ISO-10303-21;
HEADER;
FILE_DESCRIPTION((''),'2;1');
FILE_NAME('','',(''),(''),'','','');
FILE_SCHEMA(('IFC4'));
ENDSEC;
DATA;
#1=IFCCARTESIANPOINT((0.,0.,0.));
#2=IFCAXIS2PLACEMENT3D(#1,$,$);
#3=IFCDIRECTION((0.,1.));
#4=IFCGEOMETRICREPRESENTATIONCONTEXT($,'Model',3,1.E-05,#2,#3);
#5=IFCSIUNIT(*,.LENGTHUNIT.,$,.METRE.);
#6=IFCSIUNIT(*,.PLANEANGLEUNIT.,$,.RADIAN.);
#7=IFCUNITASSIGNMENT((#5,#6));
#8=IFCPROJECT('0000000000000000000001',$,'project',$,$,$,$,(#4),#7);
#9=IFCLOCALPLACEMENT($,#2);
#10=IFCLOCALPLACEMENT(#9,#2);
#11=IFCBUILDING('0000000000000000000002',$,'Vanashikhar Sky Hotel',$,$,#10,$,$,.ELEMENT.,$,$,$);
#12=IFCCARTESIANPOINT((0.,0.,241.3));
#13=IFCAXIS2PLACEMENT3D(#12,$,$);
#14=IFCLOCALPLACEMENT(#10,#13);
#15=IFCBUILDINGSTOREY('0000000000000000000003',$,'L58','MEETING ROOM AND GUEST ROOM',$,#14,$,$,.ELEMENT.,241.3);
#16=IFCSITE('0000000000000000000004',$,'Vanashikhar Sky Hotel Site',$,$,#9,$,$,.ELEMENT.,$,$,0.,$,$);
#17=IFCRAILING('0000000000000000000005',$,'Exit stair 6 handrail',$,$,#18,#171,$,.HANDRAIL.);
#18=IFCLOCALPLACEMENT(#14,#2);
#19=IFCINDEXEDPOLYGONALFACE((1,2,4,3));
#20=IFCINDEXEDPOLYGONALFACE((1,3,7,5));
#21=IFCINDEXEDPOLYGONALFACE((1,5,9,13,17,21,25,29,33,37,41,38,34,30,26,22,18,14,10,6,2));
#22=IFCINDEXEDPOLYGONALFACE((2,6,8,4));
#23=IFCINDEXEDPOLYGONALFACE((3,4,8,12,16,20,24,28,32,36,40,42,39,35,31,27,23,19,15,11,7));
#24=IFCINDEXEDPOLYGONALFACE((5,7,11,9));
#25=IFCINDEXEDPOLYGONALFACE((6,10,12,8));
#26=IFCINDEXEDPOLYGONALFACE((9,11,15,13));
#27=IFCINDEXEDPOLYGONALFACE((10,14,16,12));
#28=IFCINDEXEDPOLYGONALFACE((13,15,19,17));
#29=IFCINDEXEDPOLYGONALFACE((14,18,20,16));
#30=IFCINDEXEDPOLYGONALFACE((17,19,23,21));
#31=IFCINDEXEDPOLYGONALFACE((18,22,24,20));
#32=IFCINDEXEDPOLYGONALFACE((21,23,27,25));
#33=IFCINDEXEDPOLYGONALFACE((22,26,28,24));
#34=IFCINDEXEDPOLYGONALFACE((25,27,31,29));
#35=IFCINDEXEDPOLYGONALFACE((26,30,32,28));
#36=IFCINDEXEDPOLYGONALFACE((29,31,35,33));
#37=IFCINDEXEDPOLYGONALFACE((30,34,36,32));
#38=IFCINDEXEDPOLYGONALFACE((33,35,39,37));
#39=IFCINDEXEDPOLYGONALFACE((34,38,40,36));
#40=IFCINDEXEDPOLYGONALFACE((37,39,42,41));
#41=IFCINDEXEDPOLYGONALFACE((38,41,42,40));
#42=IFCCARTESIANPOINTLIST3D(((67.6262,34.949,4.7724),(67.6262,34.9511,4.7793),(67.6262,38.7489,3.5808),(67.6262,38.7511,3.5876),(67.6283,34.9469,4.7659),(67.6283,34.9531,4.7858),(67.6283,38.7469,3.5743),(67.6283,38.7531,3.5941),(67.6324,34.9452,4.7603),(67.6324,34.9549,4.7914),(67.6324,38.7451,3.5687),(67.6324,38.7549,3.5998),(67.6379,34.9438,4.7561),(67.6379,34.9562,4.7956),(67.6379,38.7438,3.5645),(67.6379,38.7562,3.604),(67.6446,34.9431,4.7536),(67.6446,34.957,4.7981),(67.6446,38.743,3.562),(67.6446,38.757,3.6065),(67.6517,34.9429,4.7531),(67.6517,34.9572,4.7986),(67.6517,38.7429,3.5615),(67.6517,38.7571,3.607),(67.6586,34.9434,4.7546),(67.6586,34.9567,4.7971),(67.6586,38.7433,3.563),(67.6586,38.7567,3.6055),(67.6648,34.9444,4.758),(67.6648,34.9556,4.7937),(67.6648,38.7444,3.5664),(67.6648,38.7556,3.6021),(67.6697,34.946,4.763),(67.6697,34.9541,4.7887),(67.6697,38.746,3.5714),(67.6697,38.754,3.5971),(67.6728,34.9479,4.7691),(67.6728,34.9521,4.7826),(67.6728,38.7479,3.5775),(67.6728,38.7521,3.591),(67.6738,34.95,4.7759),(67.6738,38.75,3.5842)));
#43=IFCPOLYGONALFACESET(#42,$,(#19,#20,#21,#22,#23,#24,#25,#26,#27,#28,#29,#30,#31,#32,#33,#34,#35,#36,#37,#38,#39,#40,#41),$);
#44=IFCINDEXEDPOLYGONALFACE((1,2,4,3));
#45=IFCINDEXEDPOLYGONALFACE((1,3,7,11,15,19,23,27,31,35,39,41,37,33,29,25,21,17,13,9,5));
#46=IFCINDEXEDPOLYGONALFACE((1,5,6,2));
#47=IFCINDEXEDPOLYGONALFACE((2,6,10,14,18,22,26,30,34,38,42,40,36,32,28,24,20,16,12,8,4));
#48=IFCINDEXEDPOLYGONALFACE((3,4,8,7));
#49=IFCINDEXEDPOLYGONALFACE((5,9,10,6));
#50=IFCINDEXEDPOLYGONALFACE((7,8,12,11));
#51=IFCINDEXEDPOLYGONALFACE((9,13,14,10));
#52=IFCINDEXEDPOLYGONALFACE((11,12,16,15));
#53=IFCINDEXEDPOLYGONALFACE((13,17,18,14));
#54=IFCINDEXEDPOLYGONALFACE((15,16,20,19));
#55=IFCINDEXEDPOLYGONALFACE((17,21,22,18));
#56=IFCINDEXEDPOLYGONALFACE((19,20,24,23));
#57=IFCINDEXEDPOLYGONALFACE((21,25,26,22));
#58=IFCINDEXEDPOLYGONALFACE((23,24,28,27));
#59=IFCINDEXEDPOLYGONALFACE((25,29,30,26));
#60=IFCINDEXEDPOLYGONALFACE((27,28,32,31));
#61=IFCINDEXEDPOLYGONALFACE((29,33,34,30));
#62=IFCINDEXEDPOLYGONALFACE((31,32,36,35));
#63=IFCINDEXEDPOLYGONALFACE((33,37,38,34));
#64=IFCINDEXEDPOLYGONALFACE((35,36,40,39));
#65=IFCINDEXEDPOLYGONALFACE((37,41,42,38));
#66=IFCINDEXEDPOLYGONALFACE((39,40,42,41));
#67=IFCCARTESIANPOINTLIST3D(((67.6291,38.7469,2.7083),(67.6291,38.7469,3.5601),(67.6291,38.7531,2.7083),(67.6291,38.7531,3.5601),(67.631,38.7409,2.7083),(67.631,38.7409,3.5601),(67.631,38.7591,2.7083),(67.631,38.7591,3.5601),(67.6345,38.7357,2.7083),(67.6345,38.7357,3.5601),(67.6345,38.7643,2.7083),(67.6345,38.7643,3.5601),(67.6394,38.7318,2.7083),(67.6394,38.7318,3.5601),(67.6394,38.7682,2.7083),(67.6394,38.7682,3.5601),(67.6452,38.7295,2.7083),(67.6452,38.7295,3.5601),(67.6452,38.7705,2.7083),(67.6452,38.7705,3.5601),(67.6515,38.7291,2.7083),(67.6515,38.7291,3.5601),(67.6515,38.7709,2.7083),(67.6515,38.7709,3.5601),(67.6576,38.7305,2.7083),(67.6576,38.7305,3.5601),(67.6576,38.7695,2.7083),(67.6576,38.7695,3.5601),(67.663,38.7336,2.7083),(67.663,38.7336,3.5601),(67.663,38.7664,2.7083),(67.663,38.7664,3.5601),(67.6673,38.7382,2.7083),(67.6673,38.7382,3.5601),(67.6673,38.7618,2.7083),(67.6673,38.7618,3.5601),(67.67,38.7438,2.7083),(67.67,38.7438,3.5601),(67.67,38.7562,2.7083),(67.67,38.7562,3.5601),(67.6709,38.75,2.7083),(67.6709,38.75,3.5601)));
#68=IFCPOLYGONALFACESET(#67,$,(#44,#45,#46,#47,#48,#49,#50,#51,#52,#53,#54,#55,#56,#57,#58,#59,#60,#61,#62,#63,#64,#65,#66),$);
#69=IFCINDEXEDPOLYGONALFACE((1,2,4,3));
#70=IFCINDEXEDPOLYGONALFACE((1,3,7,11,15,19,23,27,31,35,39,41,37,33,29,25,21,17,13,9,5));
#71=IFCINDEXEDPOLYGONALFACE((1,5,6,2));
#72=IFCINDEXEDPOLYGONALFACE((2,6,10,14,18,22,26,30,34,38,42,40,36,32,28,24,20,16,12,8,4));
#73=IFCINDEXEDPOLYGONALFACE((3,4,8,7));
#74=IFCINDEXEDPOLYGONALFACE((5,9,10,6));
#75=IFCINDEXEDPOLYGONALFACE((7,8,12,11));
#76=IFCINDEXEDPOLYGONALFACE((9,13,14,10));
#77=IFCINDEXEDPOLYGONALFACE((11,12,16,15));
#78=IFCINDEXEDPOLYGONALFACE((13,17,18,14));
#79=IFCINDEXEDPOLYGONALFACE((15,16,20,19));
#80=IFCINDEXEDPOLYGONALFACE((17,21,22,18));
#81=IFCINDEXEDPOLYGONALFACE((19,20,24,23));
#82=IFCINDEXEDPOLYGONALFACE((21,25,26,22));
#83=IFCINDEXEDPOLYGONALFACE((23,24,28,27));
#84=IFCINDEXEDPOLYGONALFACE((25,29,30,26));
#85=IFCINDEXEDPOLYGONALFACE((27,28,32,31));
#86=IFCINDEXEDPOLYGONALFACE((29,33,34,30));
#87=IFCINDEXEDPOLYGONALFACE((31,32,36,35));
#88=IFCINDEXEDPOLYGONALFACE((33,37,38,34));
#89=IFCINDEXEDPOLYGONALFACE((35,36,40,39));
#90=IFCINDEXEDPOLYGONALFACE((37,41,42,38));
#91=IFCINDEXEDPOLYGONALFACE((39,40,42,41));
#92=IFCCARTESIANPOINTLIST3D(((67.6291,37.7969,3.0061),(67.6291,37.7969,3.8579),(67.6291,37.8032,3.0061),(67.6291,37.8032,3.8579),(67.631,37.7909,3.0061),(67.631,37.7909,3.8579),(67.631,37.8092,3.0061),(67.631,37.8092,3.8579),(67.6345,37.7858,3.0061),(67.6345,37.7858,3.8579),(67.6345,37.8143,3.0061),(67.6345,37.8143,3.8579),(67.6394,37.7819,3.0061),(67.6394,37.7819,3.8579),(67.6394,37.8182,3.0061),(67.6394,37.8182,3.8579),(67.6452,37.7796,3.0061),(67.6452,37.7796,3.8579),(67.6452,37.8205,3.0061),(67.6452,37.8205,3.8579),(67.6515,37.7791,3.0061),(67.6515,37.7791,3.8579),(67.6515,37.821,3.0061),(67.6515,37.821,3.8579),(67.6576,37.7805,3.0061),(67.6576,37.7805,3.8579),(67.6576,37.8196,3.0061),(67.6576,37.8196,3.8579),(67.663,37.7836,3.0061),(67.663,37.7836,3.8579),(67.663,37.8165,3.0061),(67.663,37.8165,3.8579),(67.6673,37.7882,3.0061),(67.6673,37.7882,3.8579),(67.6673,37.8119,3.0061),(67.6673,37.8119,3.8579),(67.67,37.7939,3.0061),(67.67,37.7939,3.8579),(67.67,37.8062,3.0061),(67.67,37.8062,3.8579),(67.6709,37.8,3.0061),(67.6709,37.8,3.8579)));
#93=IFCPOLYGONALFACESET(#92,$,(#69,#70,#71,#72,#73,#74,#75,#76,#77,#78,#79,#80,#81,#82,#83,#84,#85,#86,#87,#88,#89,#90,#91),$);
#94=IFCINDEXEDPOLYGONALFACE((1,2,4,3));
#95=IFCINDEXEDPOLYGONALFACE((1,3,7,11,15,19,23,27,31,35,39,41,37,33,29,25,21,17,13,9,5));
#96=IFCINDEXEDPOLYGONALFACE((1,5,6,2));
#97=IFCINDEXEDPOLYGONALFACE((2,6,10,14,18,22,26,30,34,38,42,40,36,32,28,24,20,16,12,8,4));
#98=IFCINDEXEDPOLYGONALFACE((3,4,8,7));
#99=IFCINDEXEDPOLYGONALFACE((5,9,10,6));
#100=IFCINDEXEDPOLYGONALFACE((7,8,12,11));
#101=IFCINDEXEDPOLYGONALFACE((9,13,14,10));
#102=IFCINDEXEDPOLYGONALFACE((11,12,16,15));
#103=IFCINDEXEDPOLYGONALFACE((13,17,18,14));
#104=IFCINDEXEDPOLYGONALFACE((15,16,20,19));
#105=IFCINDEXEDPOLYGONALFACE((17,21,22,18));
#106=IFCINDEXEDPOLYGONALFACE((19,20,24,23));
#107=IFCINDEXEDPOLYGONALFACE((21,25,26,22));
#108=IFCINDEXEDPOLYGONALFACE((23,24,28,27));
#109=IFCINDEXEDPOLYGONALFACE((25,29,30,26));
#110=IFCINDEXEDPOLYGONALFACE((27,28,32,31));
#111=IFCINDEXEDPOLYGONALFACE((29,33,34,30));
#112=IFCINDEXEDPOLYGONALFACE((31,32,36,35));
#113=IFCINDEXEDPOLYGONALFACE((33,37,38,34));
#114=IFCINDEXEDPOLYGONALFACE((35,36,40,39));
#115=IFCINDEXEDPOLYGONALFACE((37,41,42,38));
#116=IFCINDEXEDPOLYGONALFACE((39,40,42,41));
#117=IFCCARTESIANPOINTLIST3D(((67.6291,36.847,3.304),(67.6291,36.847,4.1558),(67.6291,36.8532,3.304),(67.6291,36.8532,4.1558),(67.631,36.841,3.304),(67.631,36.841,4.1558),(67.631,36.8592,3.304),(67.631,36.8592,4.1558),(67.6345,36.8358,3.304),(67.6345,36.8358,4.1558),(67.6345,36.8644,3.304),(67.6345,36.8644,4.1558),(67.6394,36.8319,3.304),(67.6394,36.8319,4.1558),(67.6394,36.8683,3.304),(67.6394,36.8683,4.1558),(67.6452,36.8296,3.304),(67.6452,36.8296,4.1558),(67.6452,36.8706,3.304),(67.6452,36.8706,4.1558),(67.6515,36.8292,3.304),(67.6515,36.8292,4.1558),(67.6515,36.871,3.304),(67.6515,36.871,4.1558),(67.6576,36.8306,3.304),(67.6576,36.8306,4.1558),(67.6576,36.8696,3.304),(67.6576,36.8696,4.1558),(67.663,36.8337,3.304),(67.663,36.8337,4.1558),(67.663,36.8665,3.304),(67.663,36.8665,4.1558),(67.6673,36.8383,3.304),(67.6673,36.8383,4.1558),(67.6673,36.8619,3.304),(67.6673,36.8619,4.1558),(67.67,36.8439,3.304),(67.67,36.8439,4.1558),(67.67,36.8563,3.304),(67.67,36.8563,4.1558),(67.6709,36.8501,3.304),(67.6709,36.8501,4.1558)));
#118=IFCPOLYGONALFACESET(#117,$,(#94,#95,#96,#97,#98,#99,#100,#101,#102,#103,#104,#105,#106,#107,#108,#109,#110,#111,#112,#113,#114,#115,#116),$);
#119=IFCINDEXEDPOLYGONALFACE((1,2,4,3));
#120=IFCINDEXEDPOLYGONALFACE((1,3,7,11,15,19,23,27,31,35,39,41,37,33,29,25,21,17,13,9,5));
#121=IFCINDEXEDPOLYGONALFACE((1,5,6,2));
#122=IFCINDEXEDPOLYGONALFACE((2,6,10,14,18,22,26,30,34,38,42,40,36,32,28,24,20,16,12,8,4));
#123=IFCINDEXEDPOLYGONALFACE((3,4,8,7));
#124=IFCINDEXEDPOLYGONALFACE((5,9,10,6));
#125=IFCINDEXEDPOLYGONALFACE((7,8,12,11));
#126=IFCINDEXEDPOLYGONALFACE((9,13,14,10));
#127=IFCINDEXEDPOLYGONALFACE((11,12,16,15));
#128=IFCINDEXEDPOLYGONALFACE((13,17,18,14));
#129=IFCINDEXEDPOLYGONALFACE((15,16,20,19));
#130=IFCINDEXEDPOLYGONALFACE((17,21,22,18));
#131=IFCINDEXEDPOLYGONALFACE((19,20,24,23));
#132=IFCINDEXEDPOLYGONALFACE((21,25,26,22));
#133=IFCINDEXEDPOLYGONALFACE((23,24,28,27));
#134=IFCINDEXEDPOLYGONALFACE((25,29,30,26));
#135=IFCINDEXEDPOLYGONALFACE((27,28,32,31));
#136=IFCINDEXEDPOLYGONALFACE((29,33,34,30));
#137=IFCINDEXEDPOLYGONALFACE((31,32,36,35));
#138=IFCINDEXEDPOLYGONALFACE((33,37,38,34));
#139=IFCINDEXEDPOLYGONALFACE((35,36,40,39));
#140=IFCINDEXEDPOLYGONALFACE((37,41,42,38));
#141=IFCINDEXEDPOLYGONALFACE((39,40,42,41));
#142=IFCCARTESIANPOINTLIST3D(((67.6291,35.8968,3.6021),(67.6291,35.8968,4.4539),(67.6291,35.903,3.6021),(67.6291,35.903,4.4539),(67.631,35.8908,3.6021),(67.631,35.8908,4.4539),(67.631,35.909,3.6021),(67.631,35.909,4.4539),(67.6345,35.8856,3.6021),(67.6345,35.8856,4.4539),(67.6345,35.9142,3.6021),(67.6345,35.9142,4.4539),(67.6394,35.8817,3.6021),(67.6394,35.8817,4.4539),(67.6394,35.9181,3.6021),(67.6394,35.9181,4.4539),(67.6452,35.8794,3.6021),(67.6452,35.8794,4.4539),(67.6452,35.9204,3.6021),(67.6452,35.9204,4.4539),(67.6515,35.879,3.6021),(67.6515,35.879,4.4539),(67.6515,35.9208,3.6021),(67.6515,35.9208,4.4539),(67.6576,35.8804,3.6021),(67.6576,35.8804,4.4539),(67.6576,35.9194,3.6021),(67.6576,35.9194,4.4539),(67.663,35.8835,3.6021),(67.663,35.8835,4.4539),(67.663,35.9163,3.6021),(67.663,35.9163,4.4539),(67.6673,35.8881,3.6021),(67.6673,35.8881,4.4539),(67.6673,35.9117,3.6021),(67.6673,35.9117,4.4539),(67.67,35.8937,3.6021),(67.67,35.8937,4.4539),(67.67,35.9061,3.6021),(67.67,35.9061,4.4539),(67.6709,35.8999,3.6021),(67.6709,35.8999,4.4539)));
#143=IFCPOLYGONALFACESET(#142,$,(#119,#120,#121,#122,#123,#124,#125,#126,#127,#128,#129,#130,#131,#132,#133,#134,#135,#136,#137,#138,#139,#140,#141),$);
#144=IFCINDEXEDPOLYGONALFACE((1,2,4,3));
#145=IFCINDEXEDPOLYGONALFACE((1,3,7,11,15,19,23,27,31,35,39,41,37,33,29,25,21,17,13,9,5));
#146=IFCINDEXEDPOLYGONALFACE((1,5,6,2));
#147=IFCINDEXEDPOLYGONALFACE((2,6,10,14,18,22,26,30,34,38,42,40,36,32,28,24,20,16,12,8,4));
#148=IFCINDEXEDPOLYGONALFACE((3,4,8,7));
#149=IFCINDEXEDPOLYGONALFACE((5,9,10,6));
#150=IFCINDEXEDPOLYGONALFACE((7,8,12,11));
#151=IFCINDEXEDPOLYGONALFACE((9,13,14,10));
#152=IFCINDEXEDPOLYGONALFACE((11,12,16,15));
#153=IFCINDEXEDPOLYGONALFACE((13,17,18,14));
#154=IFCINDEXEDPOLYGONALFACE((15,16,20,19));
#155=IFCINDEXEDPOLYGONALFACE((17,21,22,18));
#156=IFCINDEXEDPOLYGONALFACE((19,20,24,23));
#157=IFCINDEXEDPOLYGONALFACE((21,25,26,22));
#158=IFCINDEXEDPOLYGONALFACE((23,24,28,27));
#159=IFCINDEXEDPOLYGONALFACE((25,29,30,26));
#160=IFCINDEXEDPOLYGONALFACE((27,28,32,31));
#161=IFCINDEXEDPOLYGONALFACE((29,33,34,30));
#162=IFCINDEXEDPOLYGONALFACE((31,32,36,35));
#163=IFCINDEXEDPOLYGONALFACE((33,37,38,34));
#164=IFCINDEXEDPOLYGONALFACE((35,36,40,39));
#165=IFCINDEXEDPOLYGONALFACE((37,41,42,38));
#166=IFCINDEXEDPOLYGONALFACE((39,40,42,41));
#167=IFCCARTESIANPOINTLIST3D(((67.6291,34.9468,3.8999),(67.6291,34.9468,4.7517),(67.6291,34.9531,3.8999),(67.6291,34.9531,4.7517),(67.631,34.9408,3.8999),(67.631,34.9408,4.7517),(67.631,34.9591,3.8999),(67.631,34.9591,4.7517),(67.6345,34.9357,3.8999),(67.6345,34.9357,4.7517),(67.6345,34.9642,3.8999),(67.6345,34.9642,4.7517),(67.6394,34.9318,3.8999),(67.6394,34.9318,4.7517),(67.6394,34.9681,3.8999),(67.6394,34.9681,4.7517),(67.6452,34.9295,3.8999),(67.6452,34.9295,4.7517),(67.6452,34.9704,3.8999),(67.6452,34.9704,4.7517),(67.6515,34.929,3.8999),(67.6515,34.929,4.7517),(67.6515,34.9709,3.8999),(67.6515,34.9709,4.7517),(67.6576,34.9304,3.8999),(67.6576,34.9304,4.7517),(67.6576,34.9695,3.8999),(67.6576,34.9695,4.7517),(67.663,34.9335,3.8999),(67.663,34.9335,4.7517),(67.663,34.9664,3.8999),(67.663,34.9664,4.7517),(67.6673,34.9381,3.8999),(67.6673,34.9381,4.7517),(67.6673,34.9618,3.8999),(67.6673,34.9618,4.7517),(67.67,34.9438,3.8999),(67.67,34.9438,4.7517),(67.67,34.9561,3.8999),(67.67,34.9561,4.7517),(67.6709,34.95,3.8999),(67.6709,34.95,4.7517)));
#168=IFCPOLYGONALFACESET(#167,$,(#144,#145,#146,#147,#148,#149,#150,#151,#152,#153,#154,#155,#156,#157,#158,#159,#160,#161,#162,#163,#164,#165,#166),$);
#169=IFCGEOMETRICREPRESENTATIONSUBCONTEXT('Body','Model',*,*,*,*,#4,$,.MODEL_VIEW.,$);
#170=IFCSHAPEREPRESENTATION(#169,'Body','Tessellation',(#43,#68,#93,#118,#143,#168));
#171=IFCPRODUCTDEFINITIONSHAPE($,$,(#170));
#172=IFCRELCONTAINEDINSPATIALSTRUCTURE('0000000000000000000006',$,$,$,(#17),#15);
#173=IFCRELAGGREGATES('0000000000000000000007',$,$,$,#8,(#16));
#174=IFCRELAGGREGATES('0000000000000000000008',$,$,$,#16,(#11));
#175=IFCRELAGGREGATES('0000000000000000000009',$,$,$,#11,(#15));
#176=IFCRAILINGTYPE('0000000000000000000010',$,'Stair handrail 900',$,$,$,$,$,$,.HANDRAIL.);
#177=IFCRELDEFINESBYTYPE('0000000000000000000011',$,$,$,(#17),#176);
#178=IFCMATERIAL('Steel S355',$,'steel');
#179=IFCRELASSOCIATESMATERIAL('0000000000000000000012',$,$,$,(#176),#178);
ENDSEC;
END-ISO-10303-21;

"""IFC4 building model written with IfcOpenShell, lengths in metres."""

from ifc_helpers import new_model, si_unit, direction, frame, origin, origin_2d, place, context, subcontext, project, spatial, circle, extrude, source, transform, mapped, material, type_object, element, save


model = new_model("IFC4")

# Units and contexts
model_context = context("Model", 3, precision=1e-05, world=origin(), true_north=direction((0.0, 1.0)))
body_context = subcontext(model_context, "Body", "Model", "MODEL_VIEW")
ifc_project = project(units=[si_unit("LENGTHUNIT", "METRE"), si_unit("PLANEANGLEUNIT", "RADIAN")], contexts=[model_context])

# Site, building, storey
site_placement = place(None, origin())
site = spatial("IfcSite", under=ifc_project, at=site_placement, Name="Vanashikhar Sky Hotel Site", CompositionType="ELEMENT", RefElevation=0.0)
building_placement = place(site_placement, origin())
building = spatial("IfcBuilding", under=site, at=building_placement, Name="Vanashikhar Sky Hotel", CompositionType="ELEMENT")
storey_placement = place(building_placement, frame((0.0, 0.0, 241.3)))
storey = spatial("IfcBuildingStorey", under=building, at=storey_placement, Name="L58", Description="MEETING ROOM AND GUEST ROOM", CompositionType="ELEMENT", Elevation=241.3)

# Railing
ifc_material_1 = material(Name="Steel S355", Category="steel")
railing_type_1 = type_object("IfcRailingType", Name="Stair handrail 900", PredefinedType="HANDRAIL", material=ifc_material_1)
shared_shape_1 = source(origin(), body_context, "Body", "SweptSolid", [
    extrude(circle(Radius=0.0239, at=origin_2d()), frame((0.0, 0.0, 0.876), z_axis=(0.0, -0.954184, 0.299221), x_axis=(1.0, 0.0, 0.0)), (0.0, 0.0, 1.0), 3.9824),
    extrude(circle(Radius=0.021, at=origin_2d()), origin(), (0.0, 0.0, 1.0), 0.8518),
    extrude(circle(Radius=0.021, at=origin_2d()), frame((0.0, -0.95, 0.2979)), (0.0, 0.0, 1.0), 0.8518),
    extrude(circle(Radius=0.021, at=origin_2d()), frame((0.0, -1.8999, 0.5957)), (0.0, 0.0, 1.0), 0.8518),
    extrude(circle(Radius=0.021, at=origin_2d()), frame((0.0, -2.8501, 0.8938)), (0.0, 0.0, 1.0), 0.8518),
    extrude(circle(Radius=0.021, at=origin_2d()), frame((0.0, -3.8, 1.1917)), (0.0, 0.0, 1.0), 0.8518),
])
for number, where, name in (
    (1, (67.6499, 38.75, 2.7083), "Exit stair 6 handrail"),
):
    element("IfcRailing", number, at=place(storey_placement, frame(where)), inside=storey, type_object=railing_type_1, Name=name, PredefinedType="HANDRAIL", context=body_context, shape_type="MappedRepresentation", body=[
        mapped(shared_shape_1, transform((0.0, 0.0, 0.0), scale=1.0)),
    ])

save(model, "model.ifc")
